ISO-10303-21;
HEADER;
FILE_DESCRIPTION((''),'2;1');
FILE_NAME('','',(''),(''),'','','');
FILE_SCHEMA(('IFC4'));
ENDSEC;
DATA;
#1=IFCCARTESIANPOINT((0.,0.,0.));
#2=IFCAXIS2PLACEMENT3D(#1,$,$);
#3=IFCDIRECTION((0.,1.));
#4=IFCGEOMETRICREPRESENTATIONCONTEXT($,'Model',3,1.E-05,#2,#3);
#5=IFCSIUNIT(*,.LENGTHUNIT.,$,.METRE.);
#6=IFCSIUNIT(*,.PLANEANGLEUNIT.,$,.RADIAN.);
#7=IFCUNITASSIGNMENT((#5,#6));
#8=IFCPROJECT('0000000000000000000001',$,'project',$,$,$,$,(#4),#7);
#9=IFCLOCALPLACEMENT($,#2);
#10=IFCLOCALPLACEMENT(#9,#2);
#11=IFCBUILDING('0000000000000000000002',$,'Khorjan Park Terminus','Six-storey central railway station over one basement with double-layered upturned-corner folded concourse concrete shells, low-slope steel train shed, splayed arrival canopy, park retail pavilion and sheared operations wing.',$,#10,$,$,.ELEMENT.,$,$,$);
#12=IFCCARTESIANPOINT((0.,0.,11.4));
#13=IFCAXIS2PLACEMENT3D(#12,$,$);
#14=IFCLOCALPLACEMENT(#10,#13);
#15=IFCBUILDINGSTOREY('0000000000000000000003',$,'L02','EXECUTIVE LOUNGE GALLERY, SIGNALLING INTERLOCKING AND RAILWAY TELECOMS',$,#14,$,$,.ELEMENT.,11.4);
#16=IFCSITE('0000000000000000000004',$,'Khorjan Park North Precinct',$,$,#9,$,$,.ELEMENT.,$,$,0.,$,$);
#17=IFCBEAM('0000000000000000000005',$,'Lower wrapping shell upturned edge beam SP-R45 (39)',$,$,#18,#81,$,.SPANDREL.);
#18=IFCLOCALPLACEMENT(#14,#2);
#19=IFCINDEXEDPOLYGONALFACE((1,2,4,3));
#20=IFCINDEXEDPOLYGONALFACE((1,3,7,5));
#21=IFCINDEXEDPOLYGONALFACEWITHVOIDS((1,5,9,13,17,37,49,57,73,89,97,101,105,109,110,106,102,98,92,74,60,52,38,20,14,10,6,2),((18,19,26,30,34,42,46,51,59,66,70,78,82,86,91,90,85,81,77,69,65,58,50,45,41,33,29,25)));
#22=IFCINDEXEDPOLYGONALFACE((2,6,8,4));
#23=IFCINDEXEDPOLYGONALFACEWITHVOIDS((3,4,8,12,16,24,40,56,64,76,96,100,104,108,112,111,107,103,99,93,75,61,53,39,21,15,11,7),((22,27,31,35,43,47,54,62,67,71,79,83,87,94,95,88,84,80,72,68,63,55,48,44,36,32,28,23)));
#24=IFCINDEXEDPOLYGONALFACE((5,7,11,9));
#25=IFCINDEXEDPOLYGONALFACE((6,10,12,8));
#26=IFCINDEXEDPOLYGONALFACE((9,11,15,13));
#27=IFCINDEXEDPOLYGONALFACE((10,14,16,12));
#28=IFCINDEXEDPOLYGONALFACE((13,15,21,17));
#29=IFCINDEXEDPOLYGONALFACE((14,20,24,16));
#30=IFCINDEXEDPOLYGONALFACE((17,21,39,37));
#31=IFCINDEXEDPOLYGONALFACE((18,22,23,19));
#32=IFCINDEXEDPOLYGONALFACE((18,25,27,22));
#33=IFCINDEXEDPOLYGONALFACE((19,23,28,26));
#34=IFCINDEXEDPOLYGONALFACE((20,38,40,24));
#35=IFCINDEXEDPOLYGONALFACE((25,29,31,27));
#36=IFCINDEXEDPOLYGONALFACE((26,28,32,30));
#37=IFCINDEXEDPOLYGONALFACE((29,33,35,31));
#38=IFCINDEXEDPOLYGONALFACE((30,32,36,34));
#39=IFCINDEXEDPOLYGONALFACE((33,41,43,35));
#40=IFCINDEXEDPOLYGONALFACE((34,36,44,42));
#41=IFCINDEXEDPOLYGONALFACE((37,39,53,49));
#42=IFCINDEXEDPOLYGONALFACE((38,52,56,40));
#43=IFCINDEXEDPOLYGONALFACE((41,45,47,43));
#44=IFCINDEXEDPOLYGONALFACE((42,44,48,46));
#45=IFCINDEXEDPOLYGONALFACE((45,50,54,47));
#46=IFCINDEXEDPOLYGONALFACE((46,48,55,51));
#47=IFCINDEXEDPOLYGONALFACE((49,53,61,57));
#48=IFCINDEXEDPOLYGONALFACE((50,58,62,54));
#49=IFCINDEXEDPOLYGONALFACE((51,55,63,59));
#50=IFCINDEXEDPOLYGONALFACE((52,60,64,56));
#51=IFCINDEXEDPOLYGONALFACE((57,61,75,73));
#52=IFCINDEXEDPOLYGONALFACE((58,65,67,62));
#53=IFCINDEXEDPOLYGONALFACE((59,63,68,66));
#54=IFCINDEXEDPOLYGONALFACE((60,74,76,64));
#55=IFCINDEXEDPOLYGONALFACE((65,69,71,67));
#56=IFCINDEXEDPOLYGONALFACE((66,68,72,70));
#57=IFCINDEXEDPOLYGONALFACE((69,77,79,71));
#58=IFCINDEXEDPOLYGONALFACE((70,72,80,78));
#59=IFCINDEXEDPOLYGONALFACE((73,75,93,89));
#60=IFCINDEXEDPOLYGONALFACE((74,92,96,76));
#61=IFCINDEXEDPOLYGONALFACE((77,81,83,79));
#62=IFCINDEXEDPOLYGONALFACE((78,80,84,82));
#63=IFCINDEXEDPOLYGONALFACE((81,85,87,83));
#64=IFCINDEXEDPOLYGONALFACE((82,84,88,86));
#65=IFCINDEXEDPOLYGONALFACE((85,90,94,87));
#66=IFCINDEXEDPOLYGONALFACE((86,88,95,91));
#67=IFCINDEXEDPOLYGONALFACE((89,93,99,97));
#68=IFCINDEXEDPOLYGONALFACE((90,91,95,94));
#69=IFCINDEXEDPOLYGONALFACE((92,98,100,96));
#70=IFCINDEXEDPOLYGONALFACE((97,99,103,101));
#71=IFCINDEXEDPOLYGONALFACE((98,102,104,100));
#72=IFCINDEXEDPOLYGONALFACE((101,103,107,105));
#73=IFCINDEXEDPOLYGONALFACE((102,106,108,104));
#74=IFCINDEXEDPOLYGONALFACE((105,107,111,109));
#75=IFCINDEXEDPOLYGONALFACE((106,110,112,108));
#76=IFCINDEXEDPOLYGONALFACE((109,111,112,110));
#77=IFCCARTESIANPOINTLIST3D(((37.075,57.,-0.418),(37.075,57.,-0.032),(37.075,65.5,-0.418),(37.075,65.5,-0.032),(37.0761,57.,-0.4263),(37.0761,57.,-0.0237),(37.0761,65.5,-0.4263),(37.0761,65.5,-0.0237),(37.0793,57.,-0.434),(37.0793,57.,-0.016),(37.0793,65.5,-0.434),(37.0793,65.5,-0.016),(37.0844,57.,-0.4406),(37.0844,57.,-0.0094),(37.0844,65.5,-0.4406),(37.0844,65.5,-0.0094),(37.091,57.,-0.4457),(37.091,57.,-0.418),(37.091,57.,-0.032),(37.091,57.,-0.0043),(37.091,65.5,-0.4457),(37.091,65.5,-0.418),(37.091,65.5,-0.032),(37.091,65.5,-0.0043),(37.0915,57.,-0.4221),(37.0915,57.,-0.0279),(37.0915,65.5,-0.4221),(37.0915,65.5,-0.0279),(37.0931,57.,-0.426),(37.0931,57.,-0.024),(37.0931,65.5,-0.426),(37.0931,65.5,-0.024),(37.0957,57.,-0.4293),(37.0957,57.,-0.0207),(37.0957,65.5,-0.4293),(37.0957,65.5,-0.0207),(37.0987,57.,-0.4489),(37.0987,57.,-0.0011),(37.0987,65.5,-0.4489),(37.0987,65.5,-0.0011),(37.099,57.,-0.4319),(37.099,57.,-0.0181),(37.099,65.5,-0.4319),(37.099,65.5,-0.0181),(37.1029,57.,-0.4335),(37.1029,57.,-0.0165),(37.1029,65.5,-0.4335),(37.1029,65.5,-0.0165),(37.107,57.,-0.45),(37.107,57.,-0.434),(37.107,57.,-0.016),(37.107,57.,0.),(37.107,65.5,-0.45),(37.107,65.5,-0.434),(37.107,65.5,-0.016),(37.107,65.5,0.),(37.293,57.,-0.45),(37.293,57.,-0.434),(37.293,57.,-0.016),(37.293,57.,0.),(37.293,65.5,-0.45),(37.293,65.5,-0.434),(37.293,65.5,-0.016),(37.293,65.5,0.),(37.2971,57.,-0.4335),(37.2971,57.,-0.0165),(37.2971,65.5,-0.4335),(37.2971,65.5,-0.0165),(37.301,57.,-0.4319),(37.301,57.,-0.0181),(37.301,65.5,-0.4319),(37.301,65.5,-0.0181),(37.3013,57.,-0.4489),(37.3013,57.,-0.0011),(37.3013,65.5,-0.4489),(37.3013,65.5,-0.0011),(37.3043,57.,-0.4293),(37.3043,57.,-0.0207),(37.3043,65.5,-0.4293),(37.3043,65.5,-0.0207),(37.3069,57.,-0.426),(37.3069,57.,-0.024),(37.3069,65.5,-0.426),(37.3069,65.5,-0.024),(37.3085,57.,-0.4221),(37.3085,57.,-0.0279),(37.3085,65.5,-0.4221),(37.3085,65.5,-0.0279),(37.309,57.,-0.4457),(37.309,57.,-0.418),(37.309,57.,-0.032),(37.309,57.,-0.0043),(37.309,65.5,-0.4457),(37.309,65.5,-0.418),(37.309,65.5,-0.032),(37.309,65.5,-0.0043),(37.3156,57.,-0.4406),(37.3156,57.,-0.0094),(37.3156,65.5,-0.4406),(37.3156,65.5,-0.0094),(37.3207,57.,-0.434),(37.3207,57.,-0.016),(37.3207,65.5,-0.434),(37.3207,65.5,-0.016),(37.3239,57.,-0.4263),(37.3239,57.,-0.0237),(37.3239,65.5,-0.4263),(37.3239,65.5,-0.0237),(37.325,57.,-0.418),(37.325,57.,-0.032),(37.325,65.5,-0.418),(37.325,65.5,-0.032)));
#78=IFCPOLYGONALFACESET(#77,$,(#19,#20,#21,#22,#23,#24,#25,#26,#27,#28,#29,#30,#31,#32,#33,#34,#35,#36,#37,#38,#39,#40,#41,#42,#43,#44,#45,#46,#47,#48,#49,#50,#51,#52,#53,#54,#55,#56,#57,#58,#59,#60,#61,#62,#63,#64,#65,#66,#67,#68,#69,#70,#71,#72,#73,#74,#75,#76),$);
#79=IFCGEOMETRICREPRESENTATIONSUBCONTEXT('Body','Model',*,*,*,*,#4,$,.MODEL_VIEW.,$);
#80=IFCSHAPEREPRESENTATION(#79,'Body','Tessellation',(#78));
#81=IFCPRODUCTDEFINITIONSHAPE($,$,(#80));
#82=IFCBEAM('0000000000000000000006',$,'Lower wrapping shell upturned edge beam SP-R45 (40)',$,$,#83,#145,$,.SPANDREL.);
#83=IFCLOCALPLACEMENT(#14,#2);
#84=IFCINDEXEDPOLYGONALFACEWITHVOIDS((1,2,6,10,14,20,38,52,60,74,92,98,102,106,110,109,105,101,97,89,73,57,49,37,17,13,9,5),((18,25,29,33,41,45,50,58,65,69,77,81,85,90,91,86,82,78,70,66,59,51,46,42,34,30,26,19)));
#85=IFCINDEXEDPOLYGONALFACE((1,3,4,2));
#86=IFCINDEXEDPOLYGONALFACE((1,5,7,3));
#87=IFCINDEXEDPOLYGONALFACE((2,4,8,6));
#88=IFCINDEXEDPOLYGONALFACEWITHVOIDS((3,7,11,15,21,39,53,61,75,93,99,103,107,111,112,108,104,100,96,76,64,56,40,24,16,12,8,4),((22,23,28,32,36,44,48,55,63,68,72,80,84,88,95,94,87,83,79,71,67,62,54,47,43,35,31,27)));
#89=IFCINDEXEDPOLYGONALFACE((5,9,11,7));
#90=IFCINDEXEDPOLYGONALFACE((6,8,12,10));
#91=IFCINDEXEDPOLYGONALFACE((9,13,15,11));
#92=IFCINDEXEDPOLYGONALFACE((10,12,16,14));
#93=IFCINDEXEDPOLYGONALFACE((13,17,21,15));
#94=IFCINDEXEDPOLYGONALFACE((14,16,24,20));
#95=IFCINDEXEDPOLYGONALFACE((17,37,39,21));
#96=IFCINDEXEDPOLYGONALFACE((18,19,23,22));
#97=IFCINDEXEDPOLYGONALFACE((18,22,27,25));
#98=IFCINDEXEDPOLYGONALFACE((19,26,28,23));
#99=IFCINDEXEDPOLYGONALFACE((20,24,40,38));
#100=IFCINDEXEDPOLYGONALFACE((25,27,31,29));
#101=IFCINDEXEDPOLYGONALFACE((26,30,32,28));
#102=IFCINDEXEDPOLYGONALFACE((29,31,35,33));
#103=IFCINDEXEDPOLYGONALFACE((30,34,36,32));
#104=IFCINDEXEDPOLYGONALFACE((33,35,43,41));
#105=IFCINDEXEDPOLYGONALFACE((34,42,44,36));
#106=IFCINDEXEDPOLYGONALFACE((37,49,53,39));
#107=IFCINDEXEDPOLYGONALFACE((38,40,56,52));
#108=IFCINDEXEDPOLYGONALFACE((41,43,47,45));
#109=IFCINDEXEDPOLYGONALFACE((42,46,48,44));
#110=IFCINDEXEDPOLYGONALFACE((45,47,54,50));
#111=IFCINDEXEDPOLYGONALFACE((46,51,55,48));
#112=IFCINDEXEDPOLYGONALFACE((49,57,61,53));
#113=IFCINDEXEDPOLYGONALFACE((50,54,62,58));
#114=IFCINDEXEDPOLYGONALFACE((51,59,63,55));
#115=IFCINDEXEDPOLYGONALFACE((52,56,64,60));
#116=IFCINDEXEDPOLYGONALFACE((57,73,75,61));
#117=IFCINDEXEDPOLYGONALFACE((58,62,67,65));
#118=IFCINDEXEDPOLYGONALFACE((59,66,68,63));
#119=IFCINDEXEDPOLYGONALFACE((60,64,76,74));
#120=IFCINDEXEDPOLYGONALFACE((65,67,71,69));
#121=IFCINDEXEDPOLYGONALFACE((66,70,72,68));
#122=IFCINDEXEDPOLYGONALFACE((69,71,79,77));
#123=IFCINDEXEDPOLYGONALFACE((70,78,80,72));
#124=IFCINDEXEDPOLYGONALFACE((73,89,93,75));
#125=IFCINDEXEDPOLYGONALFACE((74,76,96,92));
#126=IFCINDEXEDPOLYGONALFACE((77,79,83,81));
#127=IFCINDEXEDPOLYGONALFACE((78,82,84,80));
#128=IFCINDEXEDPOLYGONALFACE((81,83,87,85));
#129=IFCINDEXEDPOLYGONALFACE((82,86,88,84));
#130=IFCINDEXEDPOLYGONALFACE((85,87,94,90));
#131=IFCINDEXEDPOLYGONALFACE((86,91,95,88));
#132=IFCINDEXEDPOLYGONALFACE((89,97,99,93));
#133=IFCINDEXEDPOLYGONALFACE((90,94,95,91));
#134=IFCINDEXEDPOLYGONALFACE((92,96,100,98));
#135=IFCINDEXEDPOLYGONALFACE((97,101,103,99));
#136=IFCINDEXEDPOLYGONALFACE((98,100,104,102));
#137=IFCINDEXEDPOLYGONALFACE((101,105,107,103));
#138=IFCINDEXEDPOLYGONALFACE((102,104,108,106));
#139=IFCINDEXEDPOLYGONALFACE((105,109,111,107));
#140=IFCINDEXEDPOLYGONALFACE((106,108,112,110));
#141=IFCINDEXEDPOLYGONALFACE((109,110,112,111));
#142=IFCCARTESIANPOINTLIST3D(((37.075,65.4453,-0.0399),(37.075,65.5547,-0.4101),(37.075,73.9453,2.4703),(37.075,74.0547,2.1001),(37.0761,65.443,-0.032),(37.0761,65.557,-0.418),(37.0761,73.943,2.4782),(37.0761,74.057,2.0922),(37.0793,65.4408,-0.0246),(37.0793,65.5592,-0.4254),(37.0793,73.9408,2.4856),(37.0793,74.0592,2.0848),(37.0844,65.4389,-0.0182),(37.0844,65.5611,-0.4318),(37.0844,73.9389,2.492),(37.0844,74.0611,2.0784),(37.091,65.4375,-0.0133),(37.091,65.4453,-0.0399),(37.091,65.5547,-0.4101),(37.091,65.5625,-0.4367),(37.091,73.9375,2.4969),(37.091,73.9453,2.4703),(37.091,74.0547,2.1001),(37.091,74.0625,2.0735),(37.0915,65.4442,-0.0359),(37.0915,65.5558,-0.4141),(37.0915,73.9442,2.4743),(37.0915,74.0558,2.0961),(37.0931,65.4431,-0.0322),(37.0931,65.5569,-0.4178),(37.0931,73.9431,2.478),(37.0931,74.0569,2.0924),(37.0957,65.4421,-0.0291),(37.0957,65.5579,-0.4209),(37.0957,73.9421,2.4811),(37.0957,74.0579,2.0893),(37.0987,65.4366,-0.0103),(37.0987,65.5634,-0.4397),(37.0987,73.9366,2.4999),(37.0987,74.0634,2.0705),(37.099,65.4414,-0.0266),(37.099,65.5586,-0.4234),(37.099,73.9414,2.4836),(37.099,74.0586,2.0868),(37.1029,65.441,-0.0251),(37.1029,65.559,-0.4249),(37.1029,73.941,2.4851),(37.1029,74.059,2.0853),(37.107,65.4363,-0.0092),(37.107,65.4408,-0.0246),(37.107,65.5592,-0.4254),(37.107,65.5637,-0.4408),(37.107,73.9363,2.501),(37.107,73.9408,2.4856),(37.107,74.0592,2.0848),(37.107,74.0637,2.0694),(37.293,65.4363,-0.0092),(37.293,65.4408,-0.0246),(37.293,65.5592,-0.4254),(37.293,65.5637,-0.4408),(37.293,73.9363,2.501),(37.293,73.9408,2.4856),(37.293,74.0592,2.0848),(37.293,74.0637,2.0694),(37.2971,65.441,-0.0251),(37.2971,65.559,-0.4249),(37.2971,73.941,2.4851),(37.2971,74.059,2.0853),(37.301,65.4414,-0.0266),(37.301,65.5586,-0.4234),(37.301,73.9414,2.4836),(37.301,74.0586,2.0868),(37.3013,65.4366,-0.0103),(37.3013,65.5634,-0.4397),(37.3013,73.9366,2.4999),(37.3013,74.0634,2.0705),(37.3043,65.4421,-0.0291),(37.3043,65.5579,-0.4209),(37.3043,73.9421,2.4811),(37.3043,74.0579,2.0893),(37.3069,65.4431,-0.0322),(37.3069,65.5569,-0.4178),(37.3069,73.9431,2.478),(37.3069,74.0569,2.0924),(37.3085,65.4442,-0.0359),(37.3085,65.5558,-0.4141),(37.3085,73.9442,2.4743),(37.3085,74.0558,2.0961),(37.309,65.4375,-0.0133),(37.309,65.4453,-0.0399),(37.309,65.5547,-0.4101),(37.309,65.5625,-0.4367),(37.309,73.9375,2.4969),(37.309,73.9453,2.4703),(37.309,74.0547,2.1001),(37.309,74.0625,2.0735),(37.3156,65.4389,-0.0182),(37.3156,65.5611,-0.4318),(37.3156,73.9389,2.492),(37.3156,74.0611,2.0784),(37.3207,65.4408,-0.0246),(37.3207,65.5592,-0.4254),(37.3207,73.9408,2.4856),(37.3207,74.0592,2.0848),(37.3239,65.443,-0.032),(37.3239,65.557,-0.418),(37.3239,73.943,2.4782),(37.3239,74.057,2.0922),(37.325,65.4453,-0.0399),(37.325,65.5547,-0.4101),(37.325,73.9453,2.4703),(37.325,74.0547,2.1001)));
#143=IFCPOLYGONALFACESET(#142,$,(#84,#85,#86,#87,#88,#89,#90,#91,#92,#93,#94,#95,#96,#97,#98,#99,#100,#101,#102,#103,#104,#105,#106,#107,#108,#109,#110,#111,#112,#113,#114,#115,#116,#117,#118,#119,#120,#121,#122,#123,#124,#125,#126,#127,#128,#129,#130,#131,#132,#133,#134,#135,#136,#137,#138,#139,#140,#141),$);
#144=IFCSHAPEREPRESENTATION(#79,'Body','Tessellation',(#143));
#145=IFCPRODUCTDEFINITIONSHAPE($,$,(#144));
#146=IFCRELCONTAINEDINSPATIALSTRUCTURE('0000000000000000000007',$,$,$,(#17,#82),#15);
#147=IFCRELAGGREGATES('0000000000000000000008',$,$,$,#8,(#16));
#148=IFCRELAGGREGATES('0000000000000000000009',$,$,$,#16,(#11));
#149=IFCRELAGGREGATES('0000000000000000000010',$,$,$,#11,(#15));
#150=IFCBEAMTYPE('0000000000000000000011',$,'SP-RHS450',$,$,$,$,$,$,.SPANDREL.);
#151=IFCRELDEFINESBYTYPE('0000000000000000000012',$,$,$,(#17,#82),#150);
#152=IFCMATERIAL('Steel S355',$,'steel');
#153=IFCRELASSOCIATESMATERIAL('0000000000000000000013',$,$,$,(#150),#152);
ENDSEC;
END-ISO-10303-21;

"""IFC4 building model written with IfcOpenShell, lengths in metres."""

from ifc_helpers import new_model, si_unit, direction, frame, origin, origin_2d, place, context, subcontext, project, spatial, hollow_rectangle, extrude, material, material_profile, profile_set, type_object, element, save


model = new_model("IFC4")

# Units and contexts
model_context = context("Model", 3, precision=1e-05, world=origin(), true_north=direction((0.0, 1.0)))
body_context = subcontext(model_context, "Body", "Model", "MODEL_VIEW")
ifc_project = project(units=[si_unit("LENGTHUNIT", "METRE"), si_unit("PLANEANGLEUNIT", "RADIAN")], contexts=[model_context])

# Site, building, storey
site_placement = place(None, origin())
site = spatial("IfcSite", under=ifc_project, at=site_placement, Name="Khorjan Park North Precinct", CompositionType="ELEMENT", RefElevation=0.0)
building_placement = place(site_placement, origin())
building = spatial("IfcBuilding", under=site, at=building_placement, Name="Khorjan Park Terminus", Description="Six-storey central railway station over one basement with double-layered upturned-corner folded concourse concrete shells, low-slope steel train shed, splayed arrival canopy, park retail pavilion and sheared operations wing.", CompositionType="ELEMENT")
storey_placement = place(building_placement, frame((0.0, 0.0, 11.4)))
storey = spatial("IfcBuildingStorey", under=building, at=storey_placement, Name="L02", Description="EXECUTIVE LOUNGE GALLERY, SIGNALLING INTERLOCKING AND RAILWAY TELECOMS", CompositionType="ELEMENT", Elevation=11.4)

# Shared definitions
ifc_material_1 = material(Name="Steel S355", Category="steel")

# Beams
ifc_material_profile_1 = material_profile(ifc_material_1, hollow_rectangle(XDim=0.25, YDim=0.45, WallThickness=0.016, InnerFilletRadius=0.016, OuterFilletRadius=0.032, at=origin_2d()), Name="RHS 450x250x16")
ifc_profile_set_1 = profile_set([ifc_material_profile_1], Name="Steel S355")
beam_type_1 = type_object("IfcBeamType", Name="SP-RHS450", PredefinedType="SPANDREL", material=ifc_profile_set_1)
beam_1_placement = place(storey_placement, frame((37.2, 57.0, -0.225), z_axis=(0.0, 1.0, 0.0), x_axis=(-1.0, 0.0, 0.0)))
element("IfcBeam", 1, at=beam_1_placement, inside=storey, type_object=beam_type_1, Name="Lower wrapping shell upturned edge beam SP-R45 (39)", PredefinedType="SPANDREL", context=body_context, shape_type="SweptSolid", body=[
    extrude(hollow_rectangle(XDim=0.25, YDim=0.45, WallThickness=0.016, InnerFilletRadius=0.016, OuterFilletRadius=0.032, at=origin_2d()), origin(), (0.0, 0.0, 1.0), 8.5),
])
beam_2_placement = place(storey_placement, frame((37.2, 65.5, -0.225), z_axis=(0.0, 0.959053, 0.283225), x_axis=(-1.0, 0.0, 0.0)))
element("IfcBeam", 2, at=beam_2_placement, inside=storey, type_object=beam_type_1, Name="Lower wrapping shell upturned edge beam SP-R45 (40)", PredefinedType="SPANDREL", context=body_context, shape_type="SweptSolid", body=[
    extrude(hollow_rectangle(XDim=0.25, YDim=0.45, WallThickness=0.016, InnerFilletRadius=0.016, OuterFilletRadius=0.032, at=origin_2d()), origin(), (0.0, 0.0, 1.0), 8.8629),
])

save(model, "model.ifc")
